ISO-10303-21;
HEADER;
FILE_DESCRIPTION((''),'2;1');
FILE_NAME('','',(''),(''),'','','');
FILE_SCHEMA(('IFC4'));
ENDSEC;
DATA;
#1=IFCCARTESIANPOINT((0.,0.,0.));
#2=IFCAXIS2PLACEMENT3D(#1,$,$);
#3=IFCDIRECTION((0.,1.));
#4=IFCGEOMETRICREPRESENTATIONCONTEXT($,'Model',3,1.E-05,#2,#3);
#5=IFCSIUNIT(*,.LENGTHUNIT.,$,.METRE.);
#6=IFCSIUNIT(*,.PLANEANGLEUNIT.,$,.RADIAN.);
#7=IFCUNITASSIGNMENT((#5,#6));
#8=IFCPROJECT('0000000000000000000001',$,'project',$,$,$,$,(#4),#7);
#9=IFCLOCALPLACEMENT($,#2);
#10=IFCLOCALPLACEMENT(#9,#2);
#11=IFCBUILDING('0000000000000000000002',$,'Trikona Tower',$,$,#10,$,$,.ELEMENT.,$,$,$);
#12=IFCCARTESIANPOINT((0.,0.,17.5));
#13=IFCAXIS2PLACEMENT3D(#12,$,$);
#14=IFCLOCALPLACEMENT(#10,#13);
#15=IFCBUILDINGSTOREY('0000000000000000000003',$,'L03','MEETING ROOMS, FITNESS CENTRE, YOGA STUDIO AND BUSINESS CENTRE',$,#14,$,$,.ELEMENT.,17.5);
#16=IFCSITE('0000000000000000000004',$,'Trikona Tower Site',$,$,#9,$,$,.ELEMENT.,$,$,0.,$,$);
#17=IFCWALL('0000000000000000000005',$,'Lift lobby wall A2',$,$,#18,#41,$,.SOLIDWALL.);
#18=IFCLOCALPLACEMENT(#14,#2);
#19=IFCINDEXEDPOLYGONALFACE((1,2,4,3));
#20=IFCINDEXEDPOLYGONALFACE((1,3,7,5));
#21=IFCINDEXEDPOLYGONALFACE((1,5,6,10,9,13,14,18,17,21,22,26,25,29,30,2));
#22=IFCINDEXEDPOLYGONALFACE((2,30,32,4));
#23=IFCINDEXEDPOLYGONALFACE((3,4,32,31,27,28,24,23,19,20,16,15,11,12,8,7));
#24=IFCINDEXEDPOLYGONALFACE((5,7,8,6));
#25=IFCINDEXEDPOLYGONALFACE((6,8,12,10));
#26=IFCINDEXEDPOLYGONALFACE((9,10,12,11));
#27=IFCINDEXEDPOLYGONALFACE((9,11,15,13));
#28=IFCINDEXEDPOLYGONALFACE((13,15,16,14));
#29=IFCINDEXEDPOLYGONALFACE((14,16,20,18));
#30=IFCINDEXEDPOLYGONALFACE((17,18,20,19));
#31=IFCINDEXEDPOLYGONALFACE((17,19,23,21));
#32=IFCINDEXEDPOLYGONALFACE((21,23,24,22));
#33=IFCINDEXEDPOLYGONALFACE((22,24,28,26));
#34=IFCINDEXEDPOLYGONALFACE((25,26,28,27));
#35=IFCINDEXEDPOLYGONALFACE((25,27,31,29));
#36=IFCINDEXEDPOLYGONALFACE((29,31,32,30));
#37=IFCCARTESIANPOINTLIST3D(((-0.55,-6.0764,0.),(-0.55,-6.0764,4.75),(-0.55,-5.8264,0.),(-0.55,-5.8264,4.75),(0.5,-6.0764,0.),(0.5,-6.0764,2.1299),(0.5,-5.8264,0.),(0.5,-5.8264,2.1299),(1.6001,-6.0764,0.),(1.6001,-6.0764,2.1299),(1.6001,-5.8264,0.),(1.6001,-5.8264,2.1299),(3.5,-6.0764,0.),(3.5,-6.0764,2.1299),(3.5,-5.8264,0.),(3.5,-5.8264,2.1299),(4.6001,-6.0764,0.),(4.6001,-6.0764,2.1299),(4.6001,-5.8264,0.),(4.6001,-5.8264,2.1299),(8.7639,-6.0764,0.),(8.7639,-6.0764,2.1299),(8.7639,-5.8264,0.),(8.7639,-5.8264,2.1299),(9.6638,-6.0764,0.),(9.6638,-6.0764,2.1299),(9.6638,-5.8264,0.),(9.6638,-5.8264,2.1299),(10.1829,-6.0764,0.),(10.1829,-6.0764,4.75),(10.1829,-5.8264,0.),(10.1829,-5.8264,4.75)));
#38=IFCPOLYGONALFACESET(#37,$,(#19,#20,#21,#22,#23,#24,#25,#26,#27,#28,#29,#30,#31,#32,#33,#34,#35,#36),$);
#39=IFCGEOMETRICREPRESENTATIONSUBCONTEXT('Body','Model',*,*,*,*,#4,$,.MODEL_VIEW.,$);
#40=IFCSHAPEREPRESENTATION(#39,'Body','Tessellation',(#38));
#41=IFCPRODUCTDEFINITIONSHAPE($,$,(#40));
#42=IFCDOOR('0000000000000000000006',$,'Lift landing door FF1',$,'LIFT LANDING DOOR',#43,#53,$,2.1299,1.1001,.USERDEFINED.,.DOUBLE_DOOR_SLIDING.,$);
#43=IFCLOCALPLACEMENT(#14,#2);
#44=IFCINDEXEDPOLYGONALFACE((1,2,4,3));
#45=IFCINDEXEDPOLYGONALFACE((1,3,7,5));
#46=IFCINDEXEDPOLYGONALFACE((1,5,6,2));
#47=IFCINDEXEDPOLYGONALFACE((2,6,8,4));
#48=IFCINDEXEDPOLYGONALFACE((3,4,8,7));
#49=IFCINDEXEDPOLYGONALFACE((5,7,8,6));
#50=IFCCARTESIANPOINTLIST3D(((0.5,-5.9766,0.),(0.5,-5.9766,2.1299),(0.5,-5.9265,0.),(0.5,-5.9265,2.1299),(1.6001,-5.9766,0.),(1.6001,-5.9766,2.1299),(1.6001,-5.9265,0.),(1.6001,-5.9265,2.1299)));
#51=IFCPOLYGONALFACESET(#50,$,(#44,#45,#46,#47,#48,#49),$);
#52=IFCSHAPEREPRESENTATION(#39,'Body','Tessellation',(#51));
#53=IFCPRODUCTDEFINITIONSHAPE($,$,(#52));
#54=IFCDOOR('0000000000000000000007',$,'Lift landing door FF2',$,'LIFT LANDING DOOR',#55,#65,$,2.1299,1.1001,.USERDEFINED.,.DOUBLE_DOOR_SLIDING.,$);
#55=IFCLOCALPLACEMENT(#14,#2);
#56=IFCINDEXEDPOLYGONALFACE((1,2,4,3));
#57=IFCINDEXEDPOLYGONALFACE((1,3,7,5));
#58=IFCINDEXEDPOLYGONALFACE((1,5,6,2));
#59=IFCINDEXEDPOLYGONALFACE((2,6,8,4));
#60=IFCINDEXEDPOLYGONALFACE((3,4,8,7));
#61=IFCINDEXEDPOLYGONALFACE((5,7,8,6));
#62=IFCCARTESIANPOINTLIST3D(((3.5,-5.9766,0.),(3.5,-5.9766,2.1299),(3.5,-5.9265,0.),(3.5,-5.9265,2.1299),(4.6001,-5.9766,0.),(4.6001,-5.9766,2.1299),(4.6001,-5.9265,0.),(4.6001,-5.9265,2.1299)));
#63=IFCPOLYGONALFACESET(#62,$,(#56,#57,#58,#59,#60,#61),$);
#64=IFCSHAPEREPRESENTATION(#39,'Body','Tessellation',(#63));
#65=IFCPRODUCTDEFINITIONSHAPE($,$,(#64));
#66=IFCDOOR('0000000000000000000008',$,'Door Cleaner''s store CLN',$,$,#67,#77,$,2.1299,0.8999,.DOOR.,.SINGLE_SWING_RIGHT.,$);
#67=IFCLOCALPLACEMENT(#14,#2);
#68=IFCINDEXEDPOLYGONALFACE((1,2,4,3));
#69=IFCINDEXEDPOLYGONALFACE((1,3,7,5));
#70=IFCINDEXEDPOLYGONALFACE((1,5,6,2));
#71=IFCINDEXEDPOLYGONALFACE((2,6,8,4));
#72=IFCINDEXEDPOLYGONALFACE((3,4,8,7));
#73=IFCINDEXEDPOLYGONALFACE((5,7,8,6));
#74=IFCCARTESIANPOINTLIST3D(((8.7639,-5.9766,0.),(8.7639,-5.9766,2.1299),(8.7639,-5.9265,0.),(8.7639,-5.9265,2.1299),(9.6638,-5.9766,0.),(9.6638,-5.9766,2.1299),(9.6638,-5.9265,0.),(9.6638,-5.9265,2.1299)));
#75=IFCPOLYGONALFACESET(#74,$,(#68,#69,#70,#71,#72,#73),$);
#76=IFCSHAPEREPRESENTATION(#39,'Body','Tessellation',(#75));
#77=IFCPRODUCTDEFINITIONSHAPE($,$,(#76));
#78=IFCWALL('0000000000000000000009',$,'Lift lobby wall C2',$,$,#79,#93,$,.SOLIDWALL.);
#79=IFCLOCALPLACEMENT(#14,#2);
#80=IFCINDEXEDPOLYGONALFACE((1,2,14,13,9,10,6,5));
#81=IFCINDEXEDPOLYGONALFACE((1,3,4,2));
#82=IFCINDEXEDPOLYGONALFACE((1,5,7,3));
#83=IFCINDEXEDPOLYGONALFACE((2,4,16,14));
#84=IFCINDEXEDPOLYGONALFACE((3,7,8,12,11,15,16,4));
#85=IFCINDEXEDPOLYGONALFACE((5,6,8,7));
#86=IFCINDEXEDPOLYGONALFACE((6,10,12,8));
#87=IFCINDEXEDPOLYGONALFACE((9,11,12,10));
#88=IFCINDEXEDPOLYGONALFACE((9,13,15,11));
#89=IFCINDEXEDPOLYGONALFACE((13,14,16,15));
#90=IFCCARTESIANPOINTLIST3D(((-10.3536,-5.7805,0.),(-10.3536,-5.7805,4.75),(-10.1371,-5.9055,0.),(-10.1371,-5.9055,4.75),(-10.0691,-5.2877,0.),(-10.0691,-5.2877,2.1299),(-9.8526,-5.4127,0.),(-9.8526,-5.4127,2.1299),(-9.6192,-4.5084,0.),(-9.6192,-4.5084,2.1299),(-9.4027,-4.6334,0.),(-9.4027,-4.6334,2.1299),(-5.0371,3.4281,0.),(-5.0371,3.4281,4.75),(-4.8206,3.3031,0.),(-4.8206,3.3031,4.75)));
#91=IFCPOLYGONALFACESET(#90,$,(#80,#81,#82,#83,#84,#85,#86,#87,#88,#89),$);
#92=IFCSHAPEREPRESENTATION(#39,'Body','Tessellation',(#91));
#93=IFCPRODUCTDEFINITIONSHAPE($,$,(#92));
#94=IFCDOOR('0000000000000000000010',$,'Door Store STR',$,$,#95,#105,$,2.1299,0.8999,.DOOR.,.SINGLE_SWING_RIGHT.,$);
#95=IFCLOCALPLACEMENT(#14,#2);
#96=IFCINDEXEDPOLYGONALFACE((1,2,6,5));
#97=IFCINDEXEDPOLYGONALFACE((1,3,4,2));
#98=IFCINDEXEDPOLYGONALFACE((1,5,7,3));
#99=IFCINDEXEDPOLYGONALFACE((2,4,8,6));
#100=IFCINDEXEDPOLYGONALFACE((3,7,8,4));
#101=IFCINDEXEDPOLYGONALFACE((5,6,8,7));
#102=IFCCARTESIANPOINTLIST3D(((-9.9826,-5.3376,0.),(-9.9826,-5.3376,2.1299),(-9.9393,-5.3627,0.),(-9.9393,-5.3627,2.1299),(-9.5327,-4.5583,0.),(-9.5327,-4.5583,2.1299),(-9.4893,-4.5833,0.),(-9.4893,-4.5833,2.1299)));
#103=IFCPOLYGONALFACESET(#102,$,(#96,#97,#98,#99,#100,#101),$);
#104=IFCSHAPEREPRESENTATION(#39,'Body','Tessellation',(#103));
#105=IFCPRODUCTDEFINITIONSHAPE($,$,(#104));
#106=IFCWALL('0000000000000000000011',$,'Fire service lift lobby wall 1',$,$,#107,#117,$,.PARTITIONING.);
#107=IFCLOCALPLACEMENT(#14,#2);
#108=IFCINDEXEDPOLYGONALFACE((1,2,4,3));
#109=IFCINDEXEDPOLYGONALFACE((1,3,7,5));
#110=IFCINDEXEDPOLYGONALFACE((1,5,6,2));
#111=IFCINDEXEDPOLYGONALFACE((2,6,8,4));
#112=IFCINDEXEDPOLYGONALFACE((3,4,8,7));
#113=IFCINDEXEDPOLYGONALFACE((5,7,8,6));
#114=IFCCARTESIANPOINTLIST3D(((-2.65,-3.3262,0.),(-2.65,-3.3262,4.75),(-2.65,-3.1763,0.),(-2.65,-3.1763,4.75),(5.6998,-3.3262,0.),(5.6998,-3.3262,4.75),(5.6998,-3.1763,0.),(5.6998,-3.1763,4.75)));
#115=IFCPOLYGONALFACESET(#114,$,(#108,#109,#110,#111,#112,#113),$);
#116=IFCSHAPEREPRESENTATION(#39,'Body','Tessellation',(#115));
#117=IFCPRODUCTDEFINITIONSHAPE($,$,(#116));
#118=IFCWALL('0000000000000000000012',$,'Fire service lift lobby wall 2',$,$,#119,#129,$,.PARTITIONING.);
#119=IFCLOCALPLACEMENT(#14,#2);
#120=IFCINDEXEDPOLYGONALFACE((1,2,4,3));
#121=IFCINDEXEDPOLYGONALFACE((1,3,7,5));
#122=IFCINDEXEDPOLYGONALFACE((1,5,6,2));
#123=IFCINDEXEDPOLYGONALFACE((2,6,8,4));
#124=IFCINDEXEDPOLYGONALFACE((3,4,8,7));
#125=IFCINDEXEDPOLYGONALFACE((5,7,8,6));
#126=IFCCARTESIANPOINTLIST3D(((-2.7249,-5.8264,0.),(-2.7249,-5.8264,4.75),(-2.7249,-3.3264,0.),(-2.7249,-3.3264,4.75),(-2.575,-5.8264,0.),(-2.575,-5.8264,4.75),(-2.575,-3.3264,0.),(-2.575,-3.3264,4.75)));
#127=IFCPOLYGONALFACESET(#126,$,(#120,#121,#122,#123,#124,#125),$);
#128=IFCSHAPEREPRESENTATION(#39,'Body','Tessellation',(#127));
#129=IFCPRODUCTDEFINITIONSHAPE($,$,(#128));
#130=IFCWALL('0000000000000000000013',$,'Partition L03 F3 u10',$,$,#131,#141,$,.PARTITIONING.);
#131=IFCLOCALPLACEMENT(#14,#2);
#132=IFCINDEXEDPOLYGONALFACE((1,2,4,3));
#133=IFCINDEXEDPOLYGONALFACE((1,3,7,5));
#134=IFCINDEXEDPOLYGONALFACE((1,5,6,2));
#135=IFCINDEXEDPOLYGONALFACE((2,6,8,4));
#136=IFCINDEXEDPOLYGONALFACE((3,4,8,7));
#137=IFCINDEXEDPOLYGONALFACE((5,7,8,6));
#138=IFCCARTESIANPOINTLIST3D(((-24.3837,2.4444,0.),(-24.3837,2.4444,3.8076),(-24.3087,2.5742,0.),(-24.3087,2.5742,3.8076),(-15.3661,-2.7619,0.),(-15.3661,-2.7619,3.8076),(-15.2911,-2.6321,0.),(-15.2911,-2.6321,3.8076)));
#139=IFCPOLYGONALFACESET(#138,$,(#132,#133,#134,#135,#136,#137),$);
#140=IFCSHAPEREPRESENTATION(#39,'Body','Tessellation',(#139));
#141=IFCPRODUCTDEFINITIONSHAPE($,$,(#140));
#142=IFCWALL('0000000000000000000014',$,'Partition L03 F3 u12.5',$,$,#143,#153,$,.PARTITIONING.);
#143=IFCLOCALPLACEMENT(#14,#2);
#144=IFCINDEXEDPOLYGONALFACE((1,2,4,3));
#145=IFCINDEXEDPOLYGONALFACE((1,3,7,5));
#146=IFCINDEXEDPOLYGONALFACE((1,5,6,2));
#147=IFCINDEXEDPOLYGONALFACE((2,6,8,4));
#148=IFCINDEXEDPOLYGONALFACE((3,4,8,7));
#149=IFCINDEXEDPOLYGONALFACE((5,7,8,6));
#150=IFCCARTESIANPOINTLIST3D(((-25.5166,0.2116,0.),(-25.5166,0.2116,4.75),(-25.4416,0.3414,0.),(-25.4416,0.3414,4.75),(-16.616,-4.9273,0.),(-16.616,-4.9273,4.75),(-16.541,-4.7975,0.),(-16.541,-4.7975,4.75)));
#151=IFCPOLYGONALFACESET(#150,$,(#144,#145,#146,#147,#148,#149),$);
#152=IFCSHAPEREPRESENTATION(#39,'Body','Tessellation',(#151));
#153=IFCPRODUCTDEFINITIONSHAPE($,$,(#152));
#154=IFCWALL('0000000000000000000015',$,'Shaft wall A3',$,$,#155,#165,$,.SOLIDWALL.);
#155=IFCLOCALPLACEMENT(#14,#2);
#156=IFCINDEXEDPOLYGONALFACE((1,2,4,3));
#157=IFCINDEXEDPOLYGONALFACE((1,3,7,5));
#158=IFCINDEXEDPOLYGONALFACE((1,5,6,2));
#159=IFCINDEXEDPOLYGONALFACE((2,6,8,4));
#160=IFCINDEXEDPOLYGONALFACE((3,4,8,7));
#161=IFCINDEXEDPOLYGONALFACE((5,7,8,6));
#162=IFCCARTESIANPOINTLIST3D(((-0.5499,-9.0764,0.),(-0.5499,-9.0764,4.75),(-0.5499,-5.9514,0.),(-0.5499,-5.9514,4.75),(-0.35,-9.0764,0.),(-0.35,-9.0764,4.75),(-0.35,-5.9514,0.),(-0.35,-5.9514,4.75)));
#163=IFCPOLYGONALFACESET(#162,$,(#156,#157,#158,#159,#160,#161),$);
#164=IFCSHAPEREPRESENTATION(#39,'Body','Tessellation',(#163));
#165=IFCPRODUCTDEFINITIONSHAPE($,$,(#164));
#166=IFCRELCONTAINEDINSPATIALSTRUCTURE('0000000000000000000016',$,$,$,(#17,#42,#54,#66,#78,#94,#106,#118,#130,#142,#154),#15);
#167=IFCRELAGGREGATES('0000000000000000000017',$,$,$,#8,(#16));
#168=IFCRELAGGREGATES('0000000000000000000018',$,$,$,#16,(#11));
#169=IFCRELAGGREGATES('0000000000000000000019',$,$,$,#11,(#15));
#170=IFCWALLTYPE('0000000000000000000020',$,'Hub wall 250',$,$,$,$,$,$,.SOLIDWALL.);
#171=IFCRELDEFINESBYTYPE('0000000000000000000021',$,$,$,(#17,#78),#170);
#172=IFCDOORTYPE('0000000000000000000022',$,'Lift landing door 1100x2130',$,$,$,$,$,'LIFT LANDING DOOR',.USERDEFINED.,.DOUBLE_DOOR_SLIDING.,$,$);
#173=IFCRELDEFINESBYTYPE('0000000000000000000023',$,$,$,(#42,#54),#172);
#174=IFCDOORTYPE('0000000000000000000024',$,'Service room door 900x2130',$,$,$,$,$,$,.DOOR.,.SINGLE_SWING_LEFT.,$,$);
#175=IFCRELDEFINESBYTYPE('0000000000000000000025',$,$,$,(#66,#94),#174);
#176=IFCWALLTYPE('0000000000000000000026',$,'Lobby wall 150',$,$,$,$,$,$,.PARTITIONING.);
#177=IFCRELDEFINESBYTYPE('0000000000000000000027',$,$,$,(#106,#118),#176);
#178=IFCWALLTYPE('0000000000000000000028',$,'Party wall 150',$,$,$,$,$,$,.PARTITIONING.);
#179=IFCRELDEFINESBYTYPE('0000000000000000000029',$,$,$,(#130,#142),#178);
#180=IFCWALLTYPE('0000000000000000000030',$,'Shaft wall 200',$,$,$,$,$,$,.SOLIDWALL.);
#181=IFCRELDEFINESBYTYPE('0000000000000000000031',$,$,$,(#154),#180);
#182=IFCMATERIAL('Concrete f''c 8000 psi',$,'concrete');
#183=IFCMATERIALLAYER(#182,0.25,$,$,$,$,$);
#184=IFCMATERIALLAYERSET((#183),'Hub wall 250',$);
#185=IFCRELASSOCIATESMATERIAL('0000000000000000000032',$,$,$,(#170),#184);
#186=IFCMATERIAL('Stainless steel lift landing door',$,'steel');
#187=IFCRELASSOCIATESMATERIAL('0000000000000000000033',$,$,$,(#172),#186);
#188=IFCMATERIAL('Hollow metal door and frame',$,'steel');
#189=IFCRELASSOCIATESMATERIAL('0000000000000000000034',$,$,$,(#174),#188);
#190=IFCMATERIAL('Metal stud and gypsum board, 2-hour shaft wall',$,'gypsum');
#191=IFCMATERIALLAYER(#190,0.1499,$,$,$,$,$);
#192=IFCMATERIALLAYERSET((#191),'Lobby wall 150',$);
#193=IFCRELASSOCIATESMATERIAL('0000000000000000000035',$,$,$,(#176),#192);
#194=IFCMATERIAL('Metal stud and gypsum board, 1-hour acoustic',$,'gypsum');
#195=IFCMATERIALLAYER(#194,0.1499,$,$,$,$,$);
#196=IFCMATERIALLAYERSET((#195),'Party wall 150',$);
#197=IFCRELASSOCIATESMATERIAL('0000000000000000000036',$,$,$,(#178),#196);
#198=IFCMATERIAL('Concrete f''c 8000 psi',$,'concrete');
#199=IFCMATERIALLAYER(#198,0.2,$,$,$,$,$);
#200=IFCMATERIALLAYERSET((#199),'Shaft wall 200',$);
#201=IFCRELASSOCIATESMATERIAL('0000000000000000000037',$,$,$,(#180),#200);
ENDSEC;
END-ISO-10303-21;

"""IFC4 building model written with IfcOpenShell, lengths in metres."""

from ifc_helpers import new_model, si_unit, direction, frame, frame_2d, origin, place, context, subcontext, project, spatial, rectangle, extrude, material, layer, layer_set, type_object, element, fill, save


model = new_model("IFC4")

# Units and contexts
model_context = context("Model", 3, precision=1e-05, world=origin(), true_north=direction((0.0, 1.0)))
body_context = subcontext(model_context, "Body", "Model", "MODEL_VIEW")
ifc_project = project(units=[si_unit("LENGTHUNIT", "METRE"), si_unit("PLANEANGLEUNIT", "RADIAN")], contexts=[model_context])

# Site, building, storey
site_placement = place(None, origin())
site = spatial("IfcSite", under=ifc_project, at=site_placement, Name="Trikona Tower Site", CompositionType="ELEMENT", RefElevation=0.0)
building_placement = place(site_placement, origin())
building = spatial("IfcBuilding", under=site, at=building_placement, Name="Trikona Tower", CompositionType="ELEMENT")
storey_placement = place(building_placement, frame((0.0, 0.0, 17.5)))
storey = spatial("IfcBuildingStorey", under=building, at=storey_placement, Name="L03", Description="MEETING ROOMS, FITNESS CENTRE, YOGA STUDIO AND BUSINESS CENTRE", CompositionType="ELEMENT", Elevation=17.5)

# Shared definitions
ifc_material_1 = material(Name="Concrete f'c 8000 psi", Category="concrete")
ifc_layer_1 = layer(ifc_material_1, 0.25)
ifc_layer_set_1 = layer_set([ifc_layer_1], Name="Hub wall 250")
wall_type_1 = type_object("IfcWallType", Name="Hub wall 250", PredefinedType="SOLIDWALL", material=ifc_layer_set_1)

# Wall, openings, doors
wall_1_placement = place(storey_placement, frame((-0.55, -5.9514, 0.0), z_axis=(0.0, 0.0, 1.0), x_axis=(1.0, 0.0, 0.0)))
wall_1 = element("IfcWall", 1, at=wall_1_placement, inside=storey, type_object=wall_type_1, Name="Lift lobby wall A2", PredefinedType="SOLIDWALL", context=body_context, shape_type="SweptSolid", body=[
    extrude(rectangle(XDim=10.7329, YDim=0.25, at=frame_2d((5.3665, 0.0))), origin(), (0.0, 0.0, 1.0), 4.75),
])
opening_1_placement = place(wall_1_placement, frame((9.314, 0.0, 0.0)))
opening_1 = element("IfcOpeningElement", 2, at=opening_1_placement, cuts=wall_1, PredefinedType="OPENING", context=body_context, shape_type="SweptSolid", body=[
    extrude(rectangle(XDim=0.8999, YDim=2.1299, at=frame_2d((0.45, 1.0649))), frame((0.0, 0.135, 0.0), z_axis=(0.0, -1.0, 0.0), x_axis=(1.0, 0.0, 0.0)), (0.0, 0.0, 1.0), 0.27),
])
opening_2_placement = place(wall_1_placement, frame((1.05, 0.0, 0.0)))
opening_2 = element("IfcOpeningElement", 3, at=opening_2_placement, cuts=wall_1, PredefinedType="OPENING", context=body_context, shape_type="SweptSolid", body=[
    extrude(rectangle(XDim=1.1001, YDim=2.1299, at=frame_2d((0.55, 1.0649))), frame((0.0, 0.135, 0.0), z_axis=(0.0, -1.0, 0.0), x_axis=(1.0, 0.0, 0.0)), (0.0, 0.0, 1.0), 0.27),
])
opening_3_placement = place(wall_1_placement, frame((4.05, 0.0, 0.0)))
opening_3 = element("IfcOpeningElement", 4, at=opening_3_placement, cuts=wall_1, PredefinedType="OPENING", context=body_context, shape_type="SweptSolid", body=[
    extrude(rectangle(XDim=1.1001, YDim=2.1299, at=frame_2d((0.55, 1.0649))), frame((0.0, 0.135, 0.0), z_axis=(0.0, -1.0, 0.0), x_axis=(1.0, 0.0, 0.0)), (0.0, 0.0, 1.0), 0.27),
])
ifc_material_2 = material(Name="Stainless steel lift landing door", Category="steel")
door_type_1 = type_object("IfcDoorType", Name="Lift landing door 1100x2130", ElementType="LIFT LANDING DOOR", OperationType="DOUBLE_DOOR_SLIDING", PredefinedType="USERDEFINED", material=ifc_material_2)
door_1_placement = place(opening_2_placement, origin())
door_1 = element("IfcDoor", 5, at=door_1_placement, inside=storey, type_object=door_type_1, Name="Lift landing door FF1", ObjectType="LIFT LANDING DOOR", OperationType="DOUBLE_DOOR_SLIDING", OverallHeight=2.1299, OverallWidth=1.1001, PredefinedType="USERDEFINED", context=body_context, shape_type="SweptSolid", body=[
    extrude(rectangle(XDim=1.1001, YDim=2.1299, at=frame_2d((0.55, 1.0649))), frame((0.0, 0.0249, 0.0), z_axis=(0.0, -1.0, 0.0), x_axis=(1.0, 0.0, 0.0)), (0.0, 0.0, 1.0), 0.05),
])
fill(opening_2, door_1)
door_2_placement = place(opening_3_placement, origin())
door_2 = element("IfcDoor", 6, at=door_2_placement, inside=storey, type_object=door_type_1, Name="Lift landing door FF2", ObjectType="LIFT LANDING DOOR", OperationType="DOUBLE_DOOR_SLIDING", OverallHeight=2.1299, OverallWidth=1.1001, PredefinedType="USERDEFINED", context=body_context, shape_type="SweptSolid", body=[
    extrude(rectangle(XDim=1.1001, YDim=2.1299, at=frame_2d((0.55, 1.0649))), frame((0.0, 0.0249, 0.0), z_axis=(0.0, -1.0, 0.0), x_axis=(1.0, 0.0, 0.0)), (0.0, 0.0, 1.0), 0.05),
])
fill(opening_3, door_2)
ifc_material_3 = material(Name="Hollow metal door and frame", Category="steel")
door_type_2 = type_object("IfcDoorType", Name="Service room door 900x2130", OperationType="SINGLE_SWING_LEFT", PredefinedType="DOOR", material=ifc_material_3)
door_3_placement = place(opening_1_placement, origin())
door_3 = element("IfcDoor", 7, at=door_3_placement, inside=storey, type_object=door_type_2, Name="Door Cleaner's store CLN", OperationType="SINGLE_SWING_RIGHT", OverallHeight=2.1299, OverallWidth=0.8999, PredefinedType="DOOR", context=body_context, shape_type="SweptSolid", body=[
    extrude(rectangle(XDim=0.8999, YDim=2.1299, at=frame_2d((0.45, 1.0649))), frame((0.0, 0.0249, 0.0), z_axis=(0.0, -1.0, 0.0), x_axis=(1.0, 0.0, 0.0)), (0.0, 0.0, 1.0), 0.05),
])
fill(opening_1, door_3)

# Wall, opening, door
wall_2_placement = place(storey_placement, frame((-4.929, 3.3655, 0.0), z_axis=(0.0, 0.0, 1.0), x_axis=(-0.499991, -0.86603, 0.0)))
wall_2 = element("IfcWall", 8, at=wall_2_placement, inside=storey, type_object=wall_type_1, Name="Lift lobby wall C2", PredefinedType="SOLIDWALL", context=body_context, shape_type="SweptSolid", body=[
    extrude(rectangle(XDim=10.6331, YDim=0.25, at=frame_2d((5.3164, 0.0))), origin(), (0.0, 0.0, 1.0), 4.75),
])
opening_4_placement = place(wall_2_placement, frame((9.1641, 0.0, 0.0)))
opening_4 = element("IfcOpeningElement", 9, at=opening_4_placement, cuts=wall_2, PredefinedType="OPENING", context=body_context, shape_type="SweptSolid", body=[
    extrude(rectangle(XDim=0.8999, YDim=2.1299, at=frame_2d((0.45, 1.0649))), frame((0.0, 0.135, 0.0), z_axis=(0.0, -1.0, 0.0), x_axis=(1.0, 0.0, 0.0)), (0.0, 0.0, 1.0), 0.27),
])
door_4_placement = place(opening_4_placement, origin())
door_4 = element("IfcDoor", 10, at=door_4_placement, inside=storey, type_object=door_type_2, Name="Door Store STR", OperationType="SINGLE_SWING_RIGHT", OverallHeight=2.1299, OverallWidth=0.8999, PredefinedType="DOOR", context=body_context, shape_type="SweptSolid", body=[
    extrude(rectangle(XDim=0.8999, YDim=2.1299, at=frame_2d((0.45, 1.0649))), frame((0.0, 0.0249, 0.0), z_axis=(0.0, -1.0, 0.0), x_axis=(1.0, 0.0, 0.0)), (0.0, 0.0, 1.0), 0.05),
])
fill(opening_4, door_4)

# Walls
ifc_material_4 = material(Name="Metal stud and gypsum board, 2-hour shaft wall", Category="gypsum")
ifc_layer_2 = layer(ifc_material_4, 0.1499)
ifc_layer_set_2 = layer_set([ifc_layer_2], Name="Lobby wall 150")
wall_type_2 = type_object("IfcWallType", Name="Lobby wall 150", PredefinedType="PARTITIONING", material=ifc_layer_set_2)
wall_3_placement = place(storey_placement, frame((-2.6499, -3.2512, 0.0), z_axis=(0.0, 0.0, 1.0), x_axis=(1.0, 0.0, 0.0)))
element("IfcWall", 11, at=wall_3_placement, inside=storey, type_object=wall_type_2, Name="Fire service lift lobby wall 1", PredefinedType="PARTITIONING", context=body_context, shape_type="SweptSolid", body=[
    extrude(rectangle(XDim=8.3499, YDim=0.1499, at=frame_2d((4.1748, 0.0))), origin(), (0.0, 0.0, 1.0), 4.75),
])
wall_4_placement = place(storey_placement, frame((-2.6499, -5.8264, 0.0), z_axis=(0.0, 0.0, 1.0), x_axis=(0.0, 1.0, 0.0)))
element("IfcWall", 12, at=wall_4_placement, inside=storey, type_object=wall_type_2, Name="Fire service lift lobby wall 2", PredefinedType="PARTITIONING", context=body_context, shape_type="SweptSolid", body=[
    extrude(rectangle(XDim=2.5, YDim=0.1499, at=frame_2d((1.25, 0.0))), origin(), (0.0, 0.0, 1.0), 4.75),
])
ifc_material_5 = material(Name="Metal stud and gypsum board, 1-hour acoustic", Category="gypsum")
ifc_layer_3 = layer(ifc_material_5, 0.1499)
ifc_layer_set_3 = layer_set([ifc_layer_3], Name="Party wall 150")
wall_type_3 = type_object("IfcWallType", Name="Party wall 150", PredefinedType="PARTITIONING", material=ifc_layer_set_3)
wall_5_placement = place(storey_placement, frame((-15.3286, -2.697, 0.0), z_axis=(0.0, 0.0, 1.0), x_axis=(-0.866026, 0.5, 0.0)))
element("IfcWall", 13, at=wall_5_placement, inside=storey, type_object=wall_type_3, Name="Partition L03 F3 u10", PredefinedType="PARTITIONING", context=body_context, shape_type="SweptSolid", body=[
    extrude(rectangle(XDim=10.4126, YDim=0.1499, at=frame_2d((5.2063, 0.0))), origin(), (0.0, 0.0, 1.0), 3.8076),
])
wall_6_placement = place(storey_placement, frame((-16.5786, -4.8623, 0.0), z_axis=(0.0, 0.0, 1.0), x_axis=(-0.86602, 0.50001, 0.0)))
element("IfcWall", 14, at=wall_6_placement, inside=storey, type_object=wall_type_3, Name="Partition L03 F3 u12.5", PredefinedType="PARTITIONING", context=body_context, shape_type="SweptSolid", body=[
    extrude(rectangle(XDim=10.2776, YDim=0.1499, at=frame_2d((5.1387, 0.0))), origin(), (0.0, 0.0, 1.0), 4.75),
])
ifc_material_6 = material(Name="Concrete f'c 8000 psi", Category="concrete")
ifc_layer_4 = layer(ifc_material_6, 0.2)
ifc_layer_set_4 = layer_set([ifc_layer_4], Name="Shaft wall 200")
wall_type_4 = type_object("IfcWallType", Name="Shaft wall 200", PredefinedType="SOLIDWALL", material=ifc_layer_set_4)
for number, where, z_axis, x_axis, name in (
    (15, (-0.45, -5.9514, 0.0), (0.0, 0.0, 1.0), (0.0, -1.0, 0.0), "Shaft wall A3"),
):
    element("IfcWall", number, at=place(storey_placement, frame(where, z_axis=z_axis, x_axis=x_axis)), inside=storey, type_object=wall_type_4, Name=name, PredefinedType="SOLIDWALL", context=body_context, shape_type="SweptSolid", body=[
        extrude(rectangle(XDim=3.125, YDim=0.2, at=frame_2d((1.5625, 0.0))), origin(), (0.0, 0.0, 1.0), 4.75),
    ])

save(model, "model.ifc")
